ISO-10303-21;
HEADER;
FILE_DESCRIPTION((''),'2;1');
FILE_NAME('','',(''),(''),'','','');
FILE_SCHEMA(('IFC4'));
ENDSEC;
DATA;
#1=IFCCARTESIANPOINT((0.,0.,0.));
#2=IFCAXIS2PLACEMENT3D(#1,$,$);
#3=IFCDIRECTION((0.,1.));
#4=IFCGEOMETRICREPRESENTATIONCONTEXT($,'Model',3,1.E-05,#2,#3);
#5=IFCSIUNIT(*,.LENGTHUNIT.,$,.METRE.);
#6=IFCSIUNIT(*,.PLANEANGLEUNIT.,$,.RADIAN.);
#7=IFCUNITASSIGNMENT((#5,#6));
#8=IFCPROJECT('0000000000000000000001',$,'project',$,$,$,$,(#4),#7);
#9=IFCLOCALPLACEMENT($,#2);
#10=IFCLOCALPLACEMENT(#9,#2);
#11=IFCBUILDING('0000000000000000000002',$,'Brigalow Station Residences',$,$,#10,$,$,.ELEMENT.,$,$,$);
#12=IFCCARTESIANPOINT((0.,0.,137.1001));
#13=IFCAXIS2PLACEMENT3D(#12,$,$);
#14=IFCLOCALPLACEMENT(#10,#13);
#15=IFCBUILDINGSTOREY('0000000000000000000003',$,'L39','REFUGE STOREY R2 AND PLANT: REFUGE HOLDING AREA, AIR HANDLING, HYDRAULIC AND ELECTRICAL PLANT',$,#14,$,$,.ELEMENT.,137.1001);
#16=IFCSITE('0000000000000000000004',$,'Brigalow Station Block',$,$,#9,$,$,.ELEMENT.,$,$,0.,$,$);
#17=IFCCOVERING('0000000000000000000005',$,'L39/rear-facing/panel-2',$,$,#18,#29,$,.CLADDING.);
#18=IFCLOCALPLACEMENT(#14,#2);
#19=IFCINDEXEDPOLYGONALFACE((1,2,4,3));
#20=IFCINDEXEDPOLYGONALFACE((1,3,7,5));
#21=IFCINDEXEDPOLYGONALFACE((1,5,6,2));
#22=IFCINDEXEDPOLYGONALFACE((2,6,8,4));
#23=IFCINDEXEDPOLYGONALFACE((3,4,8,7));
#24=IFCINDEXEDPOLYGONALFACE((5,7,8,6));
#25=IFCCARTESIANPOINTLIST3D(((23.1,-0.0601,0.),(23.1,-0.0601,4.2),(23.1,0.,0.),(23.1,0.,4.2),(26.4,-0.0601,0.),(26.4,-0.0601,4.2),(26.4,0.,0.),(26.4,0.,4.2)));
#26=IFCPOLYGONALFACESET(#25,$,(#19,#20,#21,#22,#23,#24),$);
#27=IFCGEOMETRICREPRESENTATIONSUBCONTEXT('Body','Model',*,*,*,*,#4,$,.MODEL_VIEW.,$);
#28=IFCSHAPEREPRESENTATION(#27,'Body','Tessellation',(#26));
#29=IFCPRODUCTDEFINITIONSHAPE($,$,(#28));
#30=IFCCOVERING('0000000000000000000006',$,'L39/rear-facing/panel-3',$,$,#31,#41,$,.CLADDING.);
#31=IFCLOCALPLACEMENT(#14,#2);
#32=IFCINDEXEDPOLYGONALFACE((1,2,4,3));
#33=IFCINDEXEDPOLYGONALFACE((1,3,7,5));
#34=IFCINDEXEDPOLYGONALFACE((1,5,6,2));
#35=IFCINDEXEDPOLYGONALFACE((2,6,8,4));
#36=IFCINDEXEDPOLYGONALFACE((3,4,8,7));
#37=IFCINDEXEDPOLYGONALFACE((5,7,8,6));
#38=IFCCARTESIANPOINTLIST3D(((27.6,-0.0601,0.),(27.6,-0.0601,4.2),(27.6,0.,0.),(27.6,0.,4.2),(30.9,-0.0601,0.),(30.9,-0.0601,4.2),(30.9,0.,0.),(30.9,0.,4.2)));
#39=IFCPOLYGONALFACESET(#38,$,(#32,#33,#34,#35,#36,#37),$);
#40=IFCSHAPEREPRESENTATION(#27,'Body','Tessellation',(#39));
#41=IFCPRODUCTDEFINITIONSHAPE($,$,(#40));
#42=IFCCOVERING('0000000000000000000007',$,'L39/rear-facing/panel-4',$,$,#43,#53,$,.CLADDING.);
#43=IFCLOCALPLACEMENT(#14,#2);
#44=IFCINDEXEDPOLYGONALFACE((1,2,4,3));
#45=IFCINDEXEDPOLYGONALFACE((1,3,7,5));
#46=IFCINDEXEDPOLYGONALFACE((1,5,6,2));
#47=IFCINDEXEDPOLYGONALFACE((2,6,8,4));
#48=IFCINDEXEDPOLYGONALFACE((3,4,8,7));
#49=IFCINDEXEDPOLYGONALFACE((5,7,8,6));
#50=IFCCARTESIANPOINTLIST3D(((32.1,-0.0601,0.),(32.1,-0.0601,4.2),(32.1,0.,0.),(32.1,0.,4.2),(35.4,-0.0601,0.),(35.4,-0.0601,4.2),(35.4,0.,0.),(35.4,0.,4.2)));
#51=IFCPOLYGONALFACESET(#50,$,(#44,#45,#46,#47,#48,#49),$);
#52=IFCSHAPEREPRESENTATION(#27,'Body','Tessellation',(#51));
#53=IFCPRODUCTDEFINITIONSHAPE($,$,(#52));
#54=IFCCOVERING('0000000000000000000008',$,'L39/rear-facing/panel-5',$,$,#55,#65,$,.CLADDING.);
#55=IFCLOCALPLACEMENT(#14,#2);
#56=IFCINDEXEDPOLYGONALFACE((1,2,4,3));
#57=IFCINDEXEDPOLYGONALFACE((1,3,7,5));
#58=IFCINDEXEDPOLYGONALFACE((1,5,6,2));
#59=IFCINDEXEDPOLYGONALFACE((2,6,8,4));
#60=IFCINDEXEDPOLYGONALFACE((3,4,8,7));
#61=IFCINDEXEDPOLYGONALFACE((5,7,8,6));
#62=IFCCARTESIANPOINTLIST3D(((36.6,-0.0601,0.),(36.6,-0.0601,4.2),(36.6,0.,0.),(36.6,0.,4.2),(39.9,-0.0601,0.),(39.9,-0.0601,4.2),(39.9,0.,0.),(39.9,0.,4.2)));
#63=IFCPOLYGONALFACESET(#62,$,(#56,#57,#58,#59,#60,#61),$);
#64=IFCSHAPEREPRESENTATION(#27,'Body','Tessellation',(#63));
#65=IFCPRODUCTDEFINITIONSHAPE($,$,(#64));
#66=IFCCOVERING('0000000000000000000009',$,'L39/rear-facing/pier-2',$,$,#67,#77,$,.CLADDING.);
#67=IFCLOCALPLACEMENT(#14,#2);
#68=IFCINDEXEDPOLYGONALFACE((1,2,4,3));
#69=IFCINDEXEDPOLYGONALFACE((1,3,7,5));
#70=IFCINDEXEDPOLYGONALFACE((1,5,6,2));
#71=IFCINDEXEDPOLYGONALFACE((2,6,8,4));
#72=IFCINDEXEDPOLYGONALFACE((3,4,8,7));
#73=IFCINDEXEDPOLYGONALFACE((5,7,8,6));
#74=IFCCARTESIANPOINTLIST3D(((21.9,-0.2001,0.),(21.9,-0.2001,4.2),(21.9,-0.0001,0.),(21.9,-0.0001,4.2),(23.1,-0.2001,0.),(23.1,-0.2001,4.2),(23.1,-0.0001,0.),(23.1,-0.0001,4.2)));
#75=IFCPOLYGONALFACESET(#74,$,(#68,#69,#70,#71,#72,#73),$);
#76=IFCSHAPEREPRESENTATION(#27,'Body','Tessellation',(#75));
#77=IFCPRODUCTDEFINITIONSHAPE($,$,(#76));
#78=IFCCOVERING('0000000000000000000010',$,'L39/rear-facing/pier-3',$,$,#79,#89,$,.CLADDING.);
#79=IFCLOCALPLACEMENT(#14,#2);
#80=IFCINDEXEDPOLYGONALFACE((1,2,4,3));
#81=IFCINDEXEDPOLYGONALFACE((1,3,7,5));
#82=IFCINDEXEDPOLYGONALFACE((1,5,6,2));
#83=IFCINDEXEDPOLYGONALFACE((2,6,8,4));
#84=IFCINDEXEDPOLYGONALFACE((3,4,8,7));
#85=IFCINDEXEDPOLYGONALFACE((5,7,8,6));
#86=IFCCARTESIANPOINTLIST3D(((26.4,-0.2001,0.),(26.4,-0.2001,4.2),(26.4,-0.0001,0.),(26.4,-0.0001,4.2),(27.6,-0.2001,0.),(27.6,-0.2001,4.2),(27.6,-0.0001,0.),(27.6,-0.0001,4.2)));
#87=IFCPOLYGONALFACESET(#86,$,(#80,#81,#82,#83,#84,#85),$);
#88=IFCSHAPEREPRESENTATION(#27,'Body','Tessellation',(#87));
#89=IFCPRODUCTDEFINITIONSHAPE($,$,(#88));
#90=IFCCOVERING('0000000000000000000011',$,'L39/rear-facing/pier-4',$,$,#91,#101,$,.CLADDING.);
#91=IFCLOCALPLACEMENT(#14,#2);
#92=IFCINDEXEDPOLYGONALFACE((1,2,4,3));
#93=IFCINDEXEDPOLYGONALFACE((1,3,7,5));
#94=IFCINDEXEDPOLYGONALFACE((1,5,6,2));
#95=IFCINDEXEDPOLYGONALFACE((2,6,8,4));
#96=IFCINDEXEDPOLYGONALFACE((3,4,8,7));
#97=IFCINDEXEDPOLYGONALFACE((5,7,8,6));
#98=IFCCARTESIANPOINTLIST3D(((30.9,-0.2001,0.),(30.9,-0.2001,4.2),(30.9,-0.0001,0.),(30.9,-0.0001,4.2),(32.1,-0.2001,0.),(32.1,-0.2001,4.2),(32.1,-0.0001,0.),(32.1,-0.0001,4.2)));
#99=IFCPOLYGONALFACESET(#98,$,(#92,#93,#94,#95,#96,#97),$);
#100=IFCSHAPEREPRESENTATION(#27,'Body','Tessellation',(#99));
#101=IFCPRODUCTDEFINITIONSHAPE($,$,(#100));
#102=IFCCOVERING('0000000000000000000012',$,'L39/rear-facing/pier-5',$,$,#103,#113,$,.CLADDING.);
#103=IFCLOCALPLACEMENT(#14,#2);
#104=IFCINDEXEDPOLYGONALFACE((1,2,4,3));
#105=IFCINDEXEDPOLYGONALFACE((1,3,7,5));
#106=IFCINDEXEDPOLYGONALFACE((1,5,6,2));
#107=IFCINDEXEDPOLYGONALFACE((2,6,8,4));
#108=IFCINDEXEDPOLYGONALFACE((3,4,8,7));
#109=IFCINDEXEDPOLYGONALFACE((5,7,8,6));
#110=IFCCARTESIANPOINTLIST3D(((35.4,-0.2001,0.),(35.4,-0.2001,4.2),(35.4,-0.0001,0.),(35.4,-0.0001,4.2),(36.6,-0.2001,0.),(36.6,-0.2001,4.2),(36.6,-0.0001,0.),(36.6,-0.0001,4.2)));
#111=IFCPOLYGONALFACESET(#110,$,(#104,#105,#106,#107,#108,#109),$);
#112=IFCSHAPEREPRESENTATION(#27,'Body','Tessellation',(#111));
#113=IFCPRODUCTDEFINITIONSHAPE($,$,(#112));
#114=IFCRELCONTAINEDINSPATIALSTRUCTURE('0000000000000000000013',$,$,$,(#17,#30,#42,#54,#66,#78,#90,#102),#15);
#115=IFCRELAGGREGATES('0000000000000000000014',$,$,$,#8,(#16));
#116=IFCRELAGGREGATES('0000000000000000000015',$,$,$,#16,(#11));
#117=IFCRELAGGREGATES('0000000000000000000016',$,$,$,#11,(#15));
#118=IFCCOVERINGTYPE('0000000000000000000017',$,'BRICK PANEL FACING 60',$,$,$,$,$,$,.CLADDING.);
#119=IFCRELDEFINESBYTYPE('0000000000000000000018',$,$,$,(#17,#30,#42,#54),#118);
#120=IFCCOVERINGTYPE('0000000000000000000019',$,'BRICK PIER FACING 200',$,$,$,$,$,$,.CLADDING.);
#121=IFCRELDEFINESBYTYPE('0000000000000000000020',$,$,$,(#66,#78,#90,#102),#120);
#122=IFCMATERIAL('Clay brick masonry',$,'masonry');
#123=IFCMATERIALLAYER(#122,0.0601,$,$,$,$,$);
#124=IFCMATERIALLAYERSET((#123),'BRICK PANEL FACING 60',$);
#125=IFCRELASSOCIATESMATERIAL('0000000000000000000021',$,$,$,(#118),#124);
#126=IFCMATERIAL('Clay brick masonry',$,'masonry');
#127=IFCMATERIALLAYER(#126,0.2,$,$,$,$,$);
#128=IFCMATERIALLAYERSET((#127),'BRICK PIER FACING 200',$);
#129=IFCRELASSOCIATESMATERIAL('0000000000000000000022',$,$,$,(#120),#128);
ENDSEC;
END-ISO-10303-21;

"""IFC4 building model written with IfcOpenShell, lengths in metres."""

from ifc_helpers import new_model, si_unit, direction, frame, origin, origin_2d, place, context, subcontext, project, spatial, rectangle, extrude, material, layer, layer_set, type_object, element, save


model = new_model("IFC4")

# Units and contexts
model_context = context("Model", 3, precision=1e-05, world=origin(), true_north=direction((0.0, 1.0)))
body_context = subcontext(model_context, "Body", "Model", "MODEL_VIEW")
ifc_project = project(units=[si_unit("LENGTHUNIT", "METRE"), si_unit("PLANEANGLEUNIT", "RADIAN")], contexts=[model_context])

# Site, building, storey
site_placement = place(None, origin())
site = spatial("IfcSite", under=ifc_project, at=site_placement, Name="Brigalow Station Block", CompositionType="ELEMENT", RefElevation=0.0)
building_placement = place(site_placement, origin())
building = spatial("IfcBuilding", under=site, at=building_placement, Name="Brigalow Station Residences", CompositionType="ELEMENT")
storey_placement = place(building_placement, frame((0.0, 0.0, 137.1001)))
storey = spatial("IfcBuildingStorey", under=building, at=storey_placement, Name="L39", Description="REFUGE STOREY R2 AND PLANT: REFUGE HOLDING AREA, AIR HANDLING, HYDRAULIC AND ELECTRICAL PLANT", CompositionType="ELEMENT", Elevation=137.1001)

# Coverings
ifc_material_1 = material(Name="Clay brick masonry", Category="masonry")
ifc_layer_1 = layer(ifc_material_1, 0.0601)
ifc_layer_set_1 = layer_set([ifc_layer_1], Name="BRICK PANEL FACING 60")
covering_type_1 = type_object("IfcCoveringType", Name="BRICK PANEL FACING 60", PredefinedType="CLADDING", material=ifc_layer_set_1)
for number, where, z_axis, x_axis, name in (
    (1, (24.75, -0.03, 0.0), (0.0, 0.0, 1.0), (1.0, 0.0, 0.0), "L39/rear-facing/panel-2"),
    (2, (29.25, -0.03, 0.0), (0.0, 0.0, 1.0), (1.0, 0.0, 0.0), "L39/rear-facing/panel-3"),
    (3, (33.75, -0.03, 0.0), (0.0, 0.0, 1.0), (1.0, 0.0, 0.0), "L39/rear-facing/panel-4"),
    (4, (38.25, -0.03, 0.0), (0.0, 0.0, 1.0), (1.0, 0.0, 0.0), "L39/rear-facing/panel-5"),
):
    element("IfcCovering", number, at=place(storey_placement, frame(where, z_axis=z_axis, x_axis=x_axis)), inside=storey, type_object=covering_type_1, Name=name, PredefinedType="CLADDING", context=body_context, shape_type="SweptSolid", body=[
        extrude(rectangle(XDim=3.3, YDim=0.0601, at=origin_2d()), origin(), (0.0, 0.0, 1.0), 4.2),
    ])
ifc_material_2 = material(Name="Clay brick masonry", Category="masonry")
ifc_layer_2 = layer(ifc_material_2, 0.2)
ifc_layer_set_2 = layer_set([ifc_layer_2], Name="BRICK PIER FACING 200")
covering_type_2 = type_object("IfcCoveringType", Name="BRICK PIER FACING 200", PredefinedType="CLADDING", material=ifc_layer_set_2)
for number, where, z_axis, x_axis, name in (
    (5, (22.5, -0.1001, 0.0), (0.0, 0.0, 1.0), (1.0, 0.0, 0.0), "L39/rear-facing/pier-2"),
    (6, (27.0, -0.1001, 0.0), (0.0, 0.0, 1.0), (1.0, 0.0, 0.0), "L39/rear-facing/pier-3"),
    (7, (31.5, -0.1001, 0.0), (0.0, 0.0, 1.0), (1.0, 0.0, 0.0), "L39/rear-facing/pier-4"),
    (8, (36.0, -0.1001, 0.0), (0.0, 0.0, 1.0), (1.0, 0.0, 0.0), "L39/rear-facing/pier-5"),
):
    element("IfcCovering", number, at=place(storey_placement, frame(where, z_axis=z_axis, x_axis=x_axis)), inside=storey, type_object=covering_type_2, Name=name, PredefinedType="CLADDING", context=body_context, shape_type="SweptSolid", body=[
        extrude(rectangle(XDim=1.2, YDim=0.2, at=origin_2d()), origin(), (0.0, 0.0, 1.0), 4.2),
    ])

save(model, "model.ifc")
